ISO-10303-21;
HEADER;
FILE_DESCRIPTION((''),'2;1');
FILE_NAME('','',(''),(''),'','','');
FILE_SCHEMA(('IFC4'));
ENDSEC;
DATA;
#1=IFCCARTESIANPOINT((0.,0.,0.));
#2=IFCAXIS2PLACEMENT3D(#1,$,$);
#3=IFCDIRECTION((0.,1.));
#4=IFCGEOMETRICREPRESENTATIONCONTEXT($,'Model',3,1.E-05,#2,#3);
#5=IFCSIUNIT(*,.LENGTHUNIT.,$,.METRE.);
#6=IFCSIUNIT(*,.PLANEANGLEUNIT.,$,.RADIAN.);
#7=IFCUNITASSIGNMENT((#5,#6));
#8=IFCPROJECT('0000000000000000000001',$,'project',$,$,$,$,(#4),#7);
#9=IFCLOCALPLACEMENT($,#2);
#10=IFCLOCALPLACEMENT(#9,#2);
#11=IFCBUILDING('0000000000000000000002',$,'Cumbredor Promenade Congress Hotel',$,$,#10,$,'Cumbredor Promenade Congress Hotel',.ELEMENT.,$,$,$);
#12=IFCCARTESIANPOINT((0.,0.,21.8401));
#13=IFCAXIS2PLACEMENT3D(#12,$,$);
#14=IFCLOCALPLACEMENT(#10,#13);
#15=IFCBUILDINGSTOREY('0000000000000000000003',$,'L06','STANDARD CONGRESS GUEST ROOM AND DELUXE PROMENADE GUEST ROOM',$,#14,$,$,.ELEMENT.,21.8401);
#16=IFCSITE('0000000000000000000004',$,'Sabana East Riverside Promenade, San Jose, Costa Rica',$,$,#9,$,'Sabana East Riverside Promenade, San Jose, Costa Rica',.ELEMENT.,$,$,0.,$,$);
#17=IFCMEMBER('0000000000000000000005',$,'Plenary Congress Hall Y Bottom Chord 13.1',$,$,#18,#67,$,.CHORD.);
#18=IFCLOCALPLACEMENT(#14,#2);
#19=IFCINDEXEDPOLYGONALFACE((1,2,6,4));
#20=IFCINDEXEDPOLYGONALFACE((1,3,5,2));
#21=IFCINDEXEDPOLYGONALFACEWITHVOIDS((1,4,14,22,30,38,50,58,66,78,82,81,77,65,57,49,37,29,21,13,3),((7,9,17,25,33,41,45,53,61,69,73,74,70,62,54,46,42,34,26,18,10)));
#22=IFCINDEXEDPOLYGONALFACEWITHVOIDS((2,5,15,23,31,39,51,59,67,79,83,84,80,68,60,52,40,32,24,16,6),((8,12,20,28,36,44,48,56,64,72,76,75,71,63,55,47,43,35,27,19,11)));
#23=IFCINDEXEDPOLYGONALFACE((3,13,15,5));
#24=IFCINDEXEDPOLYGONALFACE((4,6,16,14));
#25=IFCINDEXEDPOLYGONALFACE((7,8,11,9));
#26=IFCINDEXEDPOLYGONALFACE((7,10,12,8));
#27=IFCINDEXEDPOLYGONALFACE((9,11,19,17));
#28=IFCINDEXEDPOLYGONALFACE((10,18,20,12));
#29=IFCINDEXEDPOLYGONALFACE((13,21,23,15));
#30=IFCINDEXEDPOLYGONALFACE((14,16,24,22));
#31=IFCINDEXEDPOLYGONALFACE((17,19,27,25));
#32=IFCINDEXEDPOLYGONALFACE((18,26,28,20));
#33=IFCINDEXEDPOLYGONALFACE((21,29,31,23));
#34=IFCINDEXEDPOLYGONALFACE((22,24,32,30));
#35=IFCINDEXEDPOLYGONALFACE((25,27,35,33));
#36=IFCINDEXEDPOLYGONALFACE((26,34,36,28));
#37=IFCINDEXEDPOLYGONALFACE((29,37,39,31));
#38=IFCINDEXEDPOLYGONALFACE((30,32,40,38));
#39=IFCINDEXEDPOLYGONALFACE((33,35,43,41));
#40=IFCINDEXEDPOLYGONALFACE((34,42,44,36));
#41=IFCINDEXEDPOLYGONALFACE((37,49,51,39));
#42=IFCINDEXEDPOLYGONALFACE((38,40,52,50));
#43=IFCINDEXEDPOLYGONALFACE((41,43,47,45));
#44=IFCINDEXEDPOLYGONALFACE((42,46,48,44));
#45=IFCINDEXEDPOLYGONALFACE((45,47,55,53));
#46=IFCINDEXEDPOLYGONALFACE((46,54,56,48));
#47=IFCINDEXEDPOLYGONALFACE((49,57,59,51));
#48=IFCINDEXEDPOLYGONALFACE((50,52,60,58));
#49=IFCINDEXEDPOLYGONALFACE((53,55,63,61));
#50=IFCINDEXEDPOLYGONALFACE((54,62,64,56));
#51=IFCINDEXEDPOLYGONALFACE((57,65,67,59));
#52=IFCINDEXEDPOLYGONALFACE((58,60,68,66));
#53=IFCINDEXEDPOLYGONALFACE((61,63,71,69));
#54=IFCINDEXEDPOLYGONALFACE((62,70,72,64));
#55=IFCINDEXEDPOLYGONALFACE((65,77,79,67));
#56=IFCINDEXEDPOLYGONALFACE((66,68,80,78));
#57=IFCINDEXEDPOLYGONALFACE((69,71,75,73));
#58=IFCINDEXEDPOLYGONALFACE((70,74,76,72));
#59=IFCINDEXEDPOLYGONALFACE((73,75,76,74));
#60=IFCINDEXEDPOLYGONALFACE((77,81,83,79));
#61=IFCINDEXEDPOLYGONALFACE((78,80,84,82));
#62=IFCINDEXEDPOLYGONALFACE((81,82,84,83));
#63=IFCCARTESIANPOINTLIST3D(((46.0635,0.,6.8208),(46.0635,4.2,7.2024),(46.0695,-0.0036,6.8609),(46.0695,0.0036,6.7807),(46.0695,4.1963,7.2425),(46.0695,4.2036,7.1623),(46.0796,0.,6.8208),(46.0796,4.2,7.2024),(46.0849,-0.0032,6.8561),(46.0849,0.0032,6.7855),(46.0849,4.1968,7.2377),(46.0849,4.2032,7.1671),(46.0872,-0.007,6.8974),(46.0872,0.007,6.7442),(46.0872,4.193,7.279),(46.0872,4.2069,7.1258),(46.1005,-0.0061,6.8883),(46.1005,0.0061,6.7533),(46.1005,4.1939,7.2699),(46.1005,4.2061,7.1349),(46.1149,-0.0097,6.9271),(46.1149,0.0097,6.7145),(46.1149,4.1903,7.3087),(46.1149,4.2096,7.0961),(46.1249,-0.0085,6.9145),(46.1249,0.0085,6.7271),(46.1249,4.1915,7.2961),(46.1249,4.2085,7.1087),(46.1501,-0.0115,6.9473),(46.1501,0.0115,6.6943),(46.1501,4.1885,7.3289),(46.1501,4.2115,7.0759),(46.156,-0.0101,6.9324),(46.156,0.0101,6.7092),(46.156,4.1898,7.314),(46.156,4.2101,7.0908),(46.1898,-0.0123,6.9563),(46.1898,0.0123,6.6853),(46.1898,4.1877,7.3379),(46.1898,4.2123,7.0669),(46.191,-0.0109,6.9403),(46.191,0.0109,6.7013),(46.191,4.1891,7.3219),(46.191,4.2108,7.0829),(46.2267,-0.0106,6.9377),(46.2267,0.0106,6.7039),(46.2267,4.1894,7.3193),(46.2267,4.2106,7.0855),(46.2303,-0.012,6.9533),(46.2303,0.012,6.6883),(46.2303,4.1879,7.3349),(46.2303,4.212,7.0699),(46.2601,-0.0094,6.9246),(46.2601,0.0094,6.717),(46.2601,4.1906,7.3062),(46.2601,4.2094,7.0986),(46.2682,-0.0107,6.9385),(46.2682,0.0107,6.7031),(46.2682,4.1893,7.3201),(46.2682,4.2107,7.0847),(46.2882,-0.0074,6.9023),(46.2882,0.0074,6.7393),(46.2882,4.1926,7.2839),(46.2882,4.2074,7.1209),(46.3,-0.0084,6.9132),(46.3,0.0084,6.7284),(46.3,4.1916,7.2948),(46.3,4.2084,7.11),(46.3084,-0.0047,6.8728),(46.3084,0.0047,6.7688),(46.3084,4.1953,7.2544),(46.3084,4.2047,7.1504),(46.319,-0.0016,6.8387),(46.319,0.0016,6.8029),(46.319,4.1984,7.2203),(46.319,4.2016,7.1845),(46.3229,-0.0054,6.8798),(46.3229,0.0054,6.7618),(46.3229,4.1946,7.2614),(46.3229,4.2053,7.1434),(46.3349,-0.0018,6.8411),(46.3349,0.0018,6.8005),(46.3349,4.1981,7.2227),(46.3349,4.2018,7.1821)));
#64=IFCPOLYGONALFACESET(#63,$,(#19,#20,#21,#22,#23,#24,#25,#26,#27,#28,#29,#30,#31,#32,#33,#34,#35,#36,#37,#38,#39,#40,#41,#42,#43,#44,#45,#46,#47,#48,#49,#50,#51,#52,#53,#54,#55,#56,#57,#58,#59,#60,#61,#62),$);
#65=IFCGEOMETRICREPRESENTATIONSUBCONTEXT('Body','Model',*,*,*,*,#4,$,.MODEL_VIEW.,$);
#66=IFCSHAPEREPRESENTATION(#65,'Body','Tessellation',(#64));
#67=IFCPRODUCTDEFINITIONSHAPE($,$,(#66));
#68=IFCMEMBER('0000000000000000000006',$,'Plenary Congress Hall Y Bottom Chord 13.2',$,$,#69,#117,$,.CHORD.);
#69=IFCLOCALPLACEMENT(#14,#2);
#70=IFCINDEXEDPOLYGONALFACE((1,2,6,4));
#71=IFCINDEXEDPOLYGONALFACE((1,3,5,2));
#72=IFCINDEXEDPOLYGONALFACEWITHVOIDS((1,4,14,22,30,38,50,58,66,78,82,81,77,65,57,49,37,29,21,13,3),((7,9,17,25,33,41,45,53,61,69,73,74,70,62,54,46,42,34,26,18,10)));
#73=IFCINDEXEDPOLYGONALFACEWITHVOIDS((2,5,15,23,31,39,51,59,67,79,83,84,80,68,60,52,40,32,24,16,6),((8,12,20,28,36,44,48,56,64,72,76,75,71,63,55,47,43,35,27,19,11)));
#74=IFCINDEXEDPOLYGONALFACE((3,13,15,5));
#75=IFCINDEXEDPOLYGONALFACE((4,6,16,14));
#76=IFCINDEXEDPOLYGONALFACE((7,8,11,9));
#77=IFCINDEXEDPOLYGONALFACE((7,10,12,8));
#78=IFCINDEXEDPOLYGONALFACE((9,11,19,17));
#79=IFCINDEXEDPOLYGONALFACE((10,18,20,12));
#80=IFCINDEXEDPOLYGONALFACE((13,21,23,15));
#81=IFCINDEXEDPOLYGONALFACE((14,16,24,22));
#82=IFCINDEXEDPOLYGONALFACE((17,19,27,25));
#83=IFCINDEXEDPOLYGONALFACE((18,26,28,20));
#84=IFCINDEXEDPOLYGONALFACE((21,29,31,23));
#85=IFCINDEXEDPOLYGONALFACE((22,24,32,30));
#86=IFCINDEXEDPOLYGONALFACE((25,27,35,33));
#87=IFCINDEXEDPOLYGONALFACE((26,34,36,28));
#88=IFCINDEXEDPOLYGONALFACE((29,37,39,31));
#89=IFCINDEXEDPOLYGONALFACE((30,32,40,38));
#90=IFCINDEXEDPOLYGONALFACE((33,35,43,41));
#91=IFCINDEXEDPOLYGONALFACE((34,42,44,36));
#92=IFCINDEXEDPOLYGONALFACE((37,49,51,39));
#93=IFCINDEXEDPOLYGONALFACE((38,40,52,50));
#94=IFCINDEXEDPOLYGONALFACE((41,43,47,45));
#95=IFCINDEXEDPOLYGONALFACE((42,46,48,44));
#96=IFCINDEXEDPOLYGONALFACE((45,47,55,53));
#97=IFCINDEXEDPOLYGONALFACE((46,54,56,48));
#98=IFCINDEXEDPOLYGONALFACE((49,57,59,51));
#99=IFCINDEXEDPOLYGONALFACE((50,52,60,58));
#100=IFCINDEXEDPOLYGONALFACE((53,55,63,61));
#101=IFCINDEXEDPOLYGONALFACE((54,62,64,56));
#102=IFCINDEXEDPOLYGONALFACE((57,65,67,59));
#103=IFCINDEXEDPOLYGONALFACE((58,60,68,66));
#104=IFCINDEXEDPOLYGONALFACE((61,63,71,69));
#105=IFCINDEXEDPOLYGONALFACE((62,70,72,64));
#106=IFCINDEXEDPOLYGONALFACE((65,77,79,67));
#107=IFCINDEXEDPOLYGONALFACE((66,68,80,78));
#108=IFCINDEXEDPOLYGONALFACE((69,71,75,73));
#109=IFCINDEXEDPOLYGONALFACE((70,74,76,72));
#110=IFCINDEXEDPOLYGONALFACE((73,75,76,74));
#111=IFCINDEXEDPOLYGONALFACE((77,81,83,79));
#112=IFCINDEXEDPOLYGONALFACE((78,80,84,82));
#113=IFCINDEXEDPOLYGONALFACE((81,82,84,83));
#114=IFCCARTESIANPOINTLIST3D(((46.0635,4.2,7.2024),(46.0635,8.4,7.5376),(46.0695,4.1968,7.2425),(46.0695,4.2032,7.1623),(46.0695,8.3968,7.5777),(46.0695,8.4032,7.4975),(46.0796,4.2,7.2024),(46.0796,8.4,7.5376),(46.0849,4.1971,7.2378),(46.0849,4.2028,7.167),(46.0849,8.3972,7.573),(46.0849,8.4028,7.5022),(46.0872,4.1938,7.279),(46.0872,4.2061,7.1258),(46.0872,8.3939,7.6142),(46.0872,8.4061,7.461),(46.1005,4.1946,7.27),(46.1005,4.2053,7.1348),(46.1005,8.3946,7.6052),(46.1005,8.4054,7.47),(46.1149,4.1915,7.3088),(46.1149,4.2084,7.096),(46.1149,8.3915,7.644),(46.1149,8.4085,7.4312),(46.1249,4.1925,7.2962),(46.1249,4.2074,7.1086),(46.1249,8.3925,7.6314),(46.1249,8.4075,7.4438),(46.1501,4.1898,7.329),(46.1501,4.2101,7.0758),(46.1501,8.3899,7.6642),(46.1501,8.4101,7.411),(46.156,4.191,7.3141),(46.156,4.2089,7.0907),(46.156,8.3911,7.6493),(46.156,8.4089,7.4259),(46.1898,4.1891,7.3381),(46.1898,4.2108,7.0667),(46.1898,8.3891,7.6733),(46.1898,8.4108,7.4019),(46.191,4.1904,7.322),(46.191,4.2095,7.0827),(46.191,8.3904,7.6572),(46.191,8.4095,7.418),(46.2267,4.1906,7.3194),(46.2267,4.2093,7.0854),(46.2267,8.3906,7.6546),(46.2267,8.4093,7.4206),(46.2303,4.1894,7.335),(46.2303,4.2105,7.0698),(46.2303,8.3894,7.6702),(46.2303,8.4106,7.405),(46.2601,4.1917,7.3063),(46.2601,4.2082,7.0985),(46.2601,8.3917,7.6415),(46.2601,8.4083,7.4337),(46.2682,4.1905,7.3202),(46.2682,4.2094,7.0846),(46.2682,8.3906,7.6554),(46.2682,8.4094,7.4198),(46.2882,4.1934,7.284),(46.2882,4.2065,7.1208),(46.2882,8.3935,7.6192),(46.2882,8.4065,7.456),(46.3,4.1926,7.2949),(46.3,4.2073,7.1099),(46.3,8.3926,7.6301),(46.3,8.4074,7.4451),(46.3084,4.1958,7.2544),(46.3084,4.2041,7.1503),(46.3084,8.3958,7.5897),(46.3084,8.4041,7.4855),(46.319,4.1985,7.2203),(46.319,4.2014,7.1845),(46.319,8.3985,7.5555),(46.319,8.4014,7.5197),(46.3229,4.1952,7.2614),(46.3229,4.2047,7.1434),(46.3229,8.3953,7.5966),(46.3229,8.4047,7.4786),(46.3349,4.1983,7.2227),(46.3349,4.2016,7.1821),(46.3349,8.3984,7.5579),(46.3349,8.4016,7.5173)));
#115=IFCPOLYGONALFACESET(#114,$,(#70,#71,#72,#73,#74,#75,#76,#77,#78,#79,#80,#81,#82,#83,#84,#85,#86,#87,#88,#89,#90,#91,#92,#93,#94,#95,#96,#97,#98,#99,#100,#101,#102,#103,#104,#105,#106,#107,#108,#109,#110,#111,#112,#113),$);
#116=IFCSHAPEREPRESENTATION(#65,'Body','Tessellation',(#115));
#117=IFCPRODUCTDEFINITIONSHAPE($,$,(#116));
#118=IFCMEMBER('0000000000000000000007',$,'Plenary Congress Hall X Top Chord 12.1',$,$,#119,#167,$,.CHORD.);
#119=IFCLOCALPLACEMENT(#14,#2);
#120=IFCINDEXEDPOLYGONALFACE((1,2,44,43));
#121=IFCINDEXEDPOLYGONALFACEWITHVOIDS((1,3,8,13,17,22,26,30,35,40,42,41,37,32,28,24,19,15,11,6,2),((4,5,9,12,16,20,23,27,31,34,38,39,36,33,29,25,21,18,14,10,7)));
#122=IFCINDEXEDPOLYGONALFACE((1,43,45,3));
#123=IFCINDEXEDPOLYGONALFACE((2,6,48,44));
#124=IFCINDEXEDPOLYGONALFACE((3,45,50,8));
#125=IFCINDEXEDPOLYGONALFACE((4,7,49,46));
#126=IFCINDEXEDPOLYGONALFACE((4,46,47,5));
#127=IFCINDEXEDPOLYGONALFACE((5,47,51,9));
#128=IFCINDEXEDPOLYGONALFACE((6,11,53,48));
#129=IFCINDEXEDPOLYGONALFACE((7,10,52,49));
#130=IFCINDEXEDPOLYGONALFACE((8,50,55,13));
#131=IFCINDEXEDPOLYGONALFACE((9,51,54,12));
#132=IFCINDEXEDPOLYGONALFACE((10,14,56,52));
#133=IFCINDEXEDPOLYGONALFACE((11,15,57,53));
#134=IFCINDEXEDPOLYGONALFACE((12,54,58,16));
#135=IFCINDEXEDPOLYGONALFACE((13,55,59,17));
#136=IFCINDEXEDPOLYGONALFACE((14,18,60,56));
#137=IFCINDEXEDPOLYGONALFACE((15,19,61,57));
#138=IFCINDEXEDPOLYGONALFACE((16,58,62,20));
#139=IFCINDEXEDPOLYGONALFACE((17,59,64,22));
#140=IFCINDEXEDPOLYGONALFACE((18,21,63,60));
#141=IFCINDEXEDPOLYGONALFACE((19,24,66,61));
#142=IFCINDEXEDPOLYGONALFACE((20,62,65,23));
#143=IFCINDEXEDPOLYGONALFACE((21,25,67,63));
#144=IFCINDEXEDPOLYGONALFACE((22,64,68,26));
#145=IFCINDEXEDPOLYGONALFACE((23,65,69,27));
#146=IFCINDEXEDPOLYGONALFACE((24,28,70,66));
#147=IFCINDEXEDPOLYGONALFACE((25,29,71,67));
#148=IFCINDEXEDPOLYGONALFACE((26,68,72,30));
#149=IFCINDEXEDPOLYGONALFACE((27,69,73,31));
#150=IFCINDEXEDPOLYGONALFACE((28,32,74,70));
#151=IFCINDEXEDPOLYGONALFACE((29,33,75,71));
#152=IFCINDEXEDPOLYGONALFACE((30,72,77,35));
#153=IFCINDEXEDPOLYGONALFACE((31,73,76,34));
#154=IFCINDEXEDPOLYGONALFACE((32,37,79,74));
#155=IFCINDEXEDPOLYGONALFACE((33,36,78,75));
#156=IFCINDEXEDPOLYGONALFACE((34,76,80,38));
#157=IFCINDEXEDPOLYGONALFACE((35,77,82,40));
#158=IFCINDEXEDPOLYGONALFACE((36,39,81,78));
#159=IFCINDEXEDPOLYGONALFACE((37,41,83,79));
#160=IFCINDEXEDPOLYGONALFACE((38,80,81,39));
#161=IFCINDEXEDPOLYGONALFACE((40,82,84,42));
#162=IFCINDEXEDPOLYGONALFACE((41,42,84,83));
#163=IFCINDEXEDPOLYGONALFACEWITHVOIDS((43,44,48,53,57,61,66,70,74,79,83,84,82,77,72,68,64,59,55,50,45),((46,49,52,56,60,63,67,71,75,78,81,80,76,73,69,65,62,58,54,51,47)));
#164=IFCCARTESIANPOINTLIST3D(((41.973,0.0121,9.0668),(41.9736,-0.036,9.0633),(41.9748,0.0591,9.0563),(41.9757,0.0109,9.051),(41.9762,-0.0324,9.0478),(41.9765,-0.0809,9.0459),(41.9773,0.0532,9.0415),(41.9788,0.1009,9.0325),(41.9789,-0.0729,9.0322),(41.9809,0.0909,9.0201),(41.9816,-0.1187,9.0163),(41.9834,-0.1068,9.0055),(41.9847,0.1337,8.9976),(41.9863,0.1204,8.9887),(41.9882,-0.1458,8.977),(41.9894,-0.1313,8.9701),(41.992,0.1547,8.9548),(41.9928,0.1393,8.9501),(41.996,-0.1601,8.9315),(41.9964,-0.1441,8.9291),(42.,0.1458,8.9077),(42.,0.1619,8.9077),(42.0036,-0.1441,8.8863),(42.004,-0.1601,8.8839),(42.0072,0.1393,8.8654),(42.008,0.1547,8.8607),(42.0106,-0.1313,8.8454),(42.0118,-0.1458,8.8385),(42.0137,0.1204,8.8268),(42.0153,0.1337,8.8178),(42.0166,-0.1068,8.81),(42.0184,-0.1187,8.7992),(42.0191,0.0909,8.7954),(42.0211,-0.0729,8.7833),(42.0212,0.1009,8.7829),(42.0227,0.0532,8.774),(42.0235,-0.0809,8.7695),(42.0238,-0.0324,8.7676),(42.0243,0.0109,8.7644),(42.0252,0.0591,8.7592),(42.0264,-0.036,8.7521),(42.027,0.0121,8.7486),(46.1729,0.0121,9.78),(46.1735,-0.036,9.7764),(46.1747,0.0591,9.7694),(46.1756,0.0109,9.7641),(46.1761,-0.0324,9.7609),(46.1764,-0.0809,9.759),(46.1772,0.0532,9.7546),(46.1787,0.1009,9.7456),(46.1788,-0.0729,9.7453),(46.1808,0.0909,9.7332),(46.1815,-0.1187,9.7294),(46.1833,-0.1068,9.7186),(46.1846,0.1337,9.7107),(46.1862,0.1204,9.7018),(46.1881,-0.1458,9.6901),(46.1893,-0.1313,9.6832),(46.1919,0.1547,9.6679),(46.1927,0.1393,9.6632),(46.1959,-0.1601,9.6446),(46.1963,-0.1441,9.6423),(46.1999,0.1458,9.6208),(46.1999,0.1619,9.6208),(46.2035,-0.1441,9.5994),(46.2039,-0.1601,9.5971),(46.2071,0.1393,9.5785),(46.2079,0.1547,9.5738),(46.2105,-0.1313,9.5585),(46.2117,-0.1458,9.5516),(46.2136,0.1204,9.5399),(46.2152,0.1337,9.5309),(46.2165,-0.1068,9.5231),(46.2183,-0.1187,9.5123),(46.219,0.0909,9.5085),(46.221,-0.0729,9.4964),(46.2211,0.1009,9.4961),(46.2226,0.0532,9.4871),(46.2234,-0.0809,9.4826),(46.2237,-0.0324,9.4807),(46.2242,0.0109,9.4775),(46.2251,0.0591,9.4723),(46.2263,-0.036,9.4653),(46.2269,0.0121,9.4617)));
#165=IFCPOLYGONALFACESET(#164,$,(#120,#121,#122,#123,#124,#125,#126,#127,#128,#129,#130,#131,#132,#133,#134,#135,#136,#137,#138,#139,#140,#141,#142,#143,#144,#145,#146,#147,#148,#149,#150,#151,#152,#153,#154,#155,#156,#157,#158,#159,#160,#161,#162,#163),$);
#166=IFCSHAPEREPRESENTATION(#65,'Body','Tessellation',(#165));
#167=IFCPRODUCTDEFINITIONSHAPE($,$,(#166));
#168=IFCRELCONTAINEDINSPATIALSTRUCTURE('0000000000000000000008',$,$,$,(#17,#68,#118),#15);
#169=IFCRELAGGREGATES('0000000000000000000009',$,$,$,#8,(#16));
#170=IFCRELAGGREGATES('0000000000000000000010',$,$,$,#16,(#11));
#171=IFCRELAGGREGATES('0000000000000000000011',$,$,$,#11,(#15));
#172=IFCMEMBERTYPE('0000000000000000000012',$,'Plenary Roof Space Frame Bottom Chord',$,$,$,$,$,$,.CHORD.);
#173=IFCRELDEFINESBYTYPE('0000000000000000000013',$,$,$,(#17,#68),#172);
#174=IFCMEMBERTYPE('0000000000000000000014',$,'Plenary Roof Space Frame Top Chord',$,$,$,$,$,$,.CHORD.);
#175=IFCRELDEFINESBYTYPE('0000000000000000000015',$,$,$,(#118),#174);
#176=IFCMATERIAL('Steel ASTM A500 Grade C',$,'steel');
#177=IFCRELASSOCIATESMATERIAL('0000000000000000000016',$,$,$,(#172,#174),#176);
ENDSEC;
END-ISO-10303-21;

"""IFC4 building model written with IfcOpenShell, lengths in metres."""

from ifc_helpers import new_model, si_unit, direction, frame, origin, origin_2d, place, context, subcontext, project, spatial, hollow_circle, extrude, material, material_profile, profile_set, type_object, element, save


model = new_model("IFC4")

# Units and contexts
model_context = context("Model", 3, precision=1e-05, world=origin(), true_north=direction((0.0, 1.0)))
body_context = subcontext(model_context, "Body", "Model", "MODEL_VIEW")
ifc_project = project(units=[si_unit("LENGTHUNIT", "METRE"), si_unit("PLANEANGLEUNIT", "RADIAN")], contexts=[model_context])

# Site, building, storey
site_placement = place(None, origin())
site = spatial("IfcSite", under=ifc_project, at=site_placement, Name="Sabana East Riverside Promenade, San Jose, Costa Rica", LongName="Sabana East Riverside Promenade, San Jose, Costa Rica", CompositionType="ELEMENT", RefElevation=0.0)
building_placement = place(site_placement, origin())
building = spatial("IfcBuilding", under=site, at=building_placement, Name="Cumbredor Promenade Congress Hotel", LongName="Cumbredor Promenade Congress Hotel", CompositionType="ELEMENT")
storey_placement = place(building_placement, frame((0.0, 0.0, 21.8401)))
storey = spatial("IfcBuildingStorey", under=building, at=storey_placement, Name="L06", Description="STANDARD CONGRESS GUEST ROOM AND DELUXE PROMENADE GUEST ROOM", CompositionType="ELEMENT", Elevation=21.8401)

# Members
ifc_material_1 = material(Name="Steel ASTM A500 Grade C", Category="steel")
ifc_material_profile_1 = material_profile(ifc_material_1, hollow_circle(Radius=0.1365, WallThickness=0.0161, at=origin_2d()), Name="CHS 273.0x16")
ifc_profile_set_1 = profile_set([ifc_material_profile_1], Name="Steel ASTM A500 Grade C")
member_type_1 = type_object("IfcMemberType", Name="Plenary Roof Space Frame Bottom Chord", PredefinedType="CHORD", material=ifc_profile_set_1)
member_1_placement = place(storey_placement, frame((46.2, 0.0, 6.8208), z_axis=(0.0, 0.995898, 0.090484), x_axis=(-1.0, 0.0, 0.0)))
element("IfcMember", 1, at=member_1_placement, inside=storey, type_object=member_type_1, Name="Plenary Congress Hall Y Bottom Chord 13.1", PredefinedType="CHORD", context=body_context, shape_type="SweptSolid", body=[
    extrude(hollow_circle(Radius=0.1365, WallThickness=0.0161, at=origin_2d()), origin(), (0.0, 0.0, 1.0), 4.2173),
])
member_2_placement = place(storey_placement, frame((46.2, 4.2, 7.2024), z_axis=(0.0, 0.99683, 0.079559), x_axis=(-1.0, 0.0, 0.0)))
element("IfcMember", 2, at=member_2_placement, inside=storey, type_object=member_type_1, Name="Plenary Congress Hall Y Bottom Chord 13.2", PredefinedType="CHORD", context=body_context, shape_type="SweptSolid", body=[
    extrude(hollow_circle(Radius=0.1365, WallThickness=0.0161, at=origin_2d()), origin(), (0.0, 0.0, 1.0), 4.2134),
])
ifc_material_profile_2 = material_profile(ifc_material_1, hollow_circle(Radius=0.1619, WallThickness=0.0161, at=origin_2d()), Name="CHS 323.9x16")
ifc_profile_set_2 = profile_set([ifc_material_profile_2], Name="Steel ASTM A500 Grade C")
member_type_2 = type_object("IfcMemberType", Name="Plenary Roof Space Frame Top Chord", PredefinedType="CHORD", material=ifc_profile_set_2)
member_3_placement = place(storey_placement, frame((42.0, 0.0, 8.9077), z_axis=(0.985889, 0.0, 0.1674), x_axis=(0.0, 1.0, 0.0)))
element("IfcMember", 3, at=member_3_placement, inside=storey, type_object=member_type_2, Name="Plenary Congress Hall X Top Chord 12.1", PredefinedType="CHORD", context=body_context, shape_type="SweptSolid", body=[
    extrude(hollow_circle(Radius=0.1619, WallThickness=0.0161, at=origin_2d()), origin(), (0.0, 0.0, 1.0), 4.26),
])

save(model, "model.ifc")
